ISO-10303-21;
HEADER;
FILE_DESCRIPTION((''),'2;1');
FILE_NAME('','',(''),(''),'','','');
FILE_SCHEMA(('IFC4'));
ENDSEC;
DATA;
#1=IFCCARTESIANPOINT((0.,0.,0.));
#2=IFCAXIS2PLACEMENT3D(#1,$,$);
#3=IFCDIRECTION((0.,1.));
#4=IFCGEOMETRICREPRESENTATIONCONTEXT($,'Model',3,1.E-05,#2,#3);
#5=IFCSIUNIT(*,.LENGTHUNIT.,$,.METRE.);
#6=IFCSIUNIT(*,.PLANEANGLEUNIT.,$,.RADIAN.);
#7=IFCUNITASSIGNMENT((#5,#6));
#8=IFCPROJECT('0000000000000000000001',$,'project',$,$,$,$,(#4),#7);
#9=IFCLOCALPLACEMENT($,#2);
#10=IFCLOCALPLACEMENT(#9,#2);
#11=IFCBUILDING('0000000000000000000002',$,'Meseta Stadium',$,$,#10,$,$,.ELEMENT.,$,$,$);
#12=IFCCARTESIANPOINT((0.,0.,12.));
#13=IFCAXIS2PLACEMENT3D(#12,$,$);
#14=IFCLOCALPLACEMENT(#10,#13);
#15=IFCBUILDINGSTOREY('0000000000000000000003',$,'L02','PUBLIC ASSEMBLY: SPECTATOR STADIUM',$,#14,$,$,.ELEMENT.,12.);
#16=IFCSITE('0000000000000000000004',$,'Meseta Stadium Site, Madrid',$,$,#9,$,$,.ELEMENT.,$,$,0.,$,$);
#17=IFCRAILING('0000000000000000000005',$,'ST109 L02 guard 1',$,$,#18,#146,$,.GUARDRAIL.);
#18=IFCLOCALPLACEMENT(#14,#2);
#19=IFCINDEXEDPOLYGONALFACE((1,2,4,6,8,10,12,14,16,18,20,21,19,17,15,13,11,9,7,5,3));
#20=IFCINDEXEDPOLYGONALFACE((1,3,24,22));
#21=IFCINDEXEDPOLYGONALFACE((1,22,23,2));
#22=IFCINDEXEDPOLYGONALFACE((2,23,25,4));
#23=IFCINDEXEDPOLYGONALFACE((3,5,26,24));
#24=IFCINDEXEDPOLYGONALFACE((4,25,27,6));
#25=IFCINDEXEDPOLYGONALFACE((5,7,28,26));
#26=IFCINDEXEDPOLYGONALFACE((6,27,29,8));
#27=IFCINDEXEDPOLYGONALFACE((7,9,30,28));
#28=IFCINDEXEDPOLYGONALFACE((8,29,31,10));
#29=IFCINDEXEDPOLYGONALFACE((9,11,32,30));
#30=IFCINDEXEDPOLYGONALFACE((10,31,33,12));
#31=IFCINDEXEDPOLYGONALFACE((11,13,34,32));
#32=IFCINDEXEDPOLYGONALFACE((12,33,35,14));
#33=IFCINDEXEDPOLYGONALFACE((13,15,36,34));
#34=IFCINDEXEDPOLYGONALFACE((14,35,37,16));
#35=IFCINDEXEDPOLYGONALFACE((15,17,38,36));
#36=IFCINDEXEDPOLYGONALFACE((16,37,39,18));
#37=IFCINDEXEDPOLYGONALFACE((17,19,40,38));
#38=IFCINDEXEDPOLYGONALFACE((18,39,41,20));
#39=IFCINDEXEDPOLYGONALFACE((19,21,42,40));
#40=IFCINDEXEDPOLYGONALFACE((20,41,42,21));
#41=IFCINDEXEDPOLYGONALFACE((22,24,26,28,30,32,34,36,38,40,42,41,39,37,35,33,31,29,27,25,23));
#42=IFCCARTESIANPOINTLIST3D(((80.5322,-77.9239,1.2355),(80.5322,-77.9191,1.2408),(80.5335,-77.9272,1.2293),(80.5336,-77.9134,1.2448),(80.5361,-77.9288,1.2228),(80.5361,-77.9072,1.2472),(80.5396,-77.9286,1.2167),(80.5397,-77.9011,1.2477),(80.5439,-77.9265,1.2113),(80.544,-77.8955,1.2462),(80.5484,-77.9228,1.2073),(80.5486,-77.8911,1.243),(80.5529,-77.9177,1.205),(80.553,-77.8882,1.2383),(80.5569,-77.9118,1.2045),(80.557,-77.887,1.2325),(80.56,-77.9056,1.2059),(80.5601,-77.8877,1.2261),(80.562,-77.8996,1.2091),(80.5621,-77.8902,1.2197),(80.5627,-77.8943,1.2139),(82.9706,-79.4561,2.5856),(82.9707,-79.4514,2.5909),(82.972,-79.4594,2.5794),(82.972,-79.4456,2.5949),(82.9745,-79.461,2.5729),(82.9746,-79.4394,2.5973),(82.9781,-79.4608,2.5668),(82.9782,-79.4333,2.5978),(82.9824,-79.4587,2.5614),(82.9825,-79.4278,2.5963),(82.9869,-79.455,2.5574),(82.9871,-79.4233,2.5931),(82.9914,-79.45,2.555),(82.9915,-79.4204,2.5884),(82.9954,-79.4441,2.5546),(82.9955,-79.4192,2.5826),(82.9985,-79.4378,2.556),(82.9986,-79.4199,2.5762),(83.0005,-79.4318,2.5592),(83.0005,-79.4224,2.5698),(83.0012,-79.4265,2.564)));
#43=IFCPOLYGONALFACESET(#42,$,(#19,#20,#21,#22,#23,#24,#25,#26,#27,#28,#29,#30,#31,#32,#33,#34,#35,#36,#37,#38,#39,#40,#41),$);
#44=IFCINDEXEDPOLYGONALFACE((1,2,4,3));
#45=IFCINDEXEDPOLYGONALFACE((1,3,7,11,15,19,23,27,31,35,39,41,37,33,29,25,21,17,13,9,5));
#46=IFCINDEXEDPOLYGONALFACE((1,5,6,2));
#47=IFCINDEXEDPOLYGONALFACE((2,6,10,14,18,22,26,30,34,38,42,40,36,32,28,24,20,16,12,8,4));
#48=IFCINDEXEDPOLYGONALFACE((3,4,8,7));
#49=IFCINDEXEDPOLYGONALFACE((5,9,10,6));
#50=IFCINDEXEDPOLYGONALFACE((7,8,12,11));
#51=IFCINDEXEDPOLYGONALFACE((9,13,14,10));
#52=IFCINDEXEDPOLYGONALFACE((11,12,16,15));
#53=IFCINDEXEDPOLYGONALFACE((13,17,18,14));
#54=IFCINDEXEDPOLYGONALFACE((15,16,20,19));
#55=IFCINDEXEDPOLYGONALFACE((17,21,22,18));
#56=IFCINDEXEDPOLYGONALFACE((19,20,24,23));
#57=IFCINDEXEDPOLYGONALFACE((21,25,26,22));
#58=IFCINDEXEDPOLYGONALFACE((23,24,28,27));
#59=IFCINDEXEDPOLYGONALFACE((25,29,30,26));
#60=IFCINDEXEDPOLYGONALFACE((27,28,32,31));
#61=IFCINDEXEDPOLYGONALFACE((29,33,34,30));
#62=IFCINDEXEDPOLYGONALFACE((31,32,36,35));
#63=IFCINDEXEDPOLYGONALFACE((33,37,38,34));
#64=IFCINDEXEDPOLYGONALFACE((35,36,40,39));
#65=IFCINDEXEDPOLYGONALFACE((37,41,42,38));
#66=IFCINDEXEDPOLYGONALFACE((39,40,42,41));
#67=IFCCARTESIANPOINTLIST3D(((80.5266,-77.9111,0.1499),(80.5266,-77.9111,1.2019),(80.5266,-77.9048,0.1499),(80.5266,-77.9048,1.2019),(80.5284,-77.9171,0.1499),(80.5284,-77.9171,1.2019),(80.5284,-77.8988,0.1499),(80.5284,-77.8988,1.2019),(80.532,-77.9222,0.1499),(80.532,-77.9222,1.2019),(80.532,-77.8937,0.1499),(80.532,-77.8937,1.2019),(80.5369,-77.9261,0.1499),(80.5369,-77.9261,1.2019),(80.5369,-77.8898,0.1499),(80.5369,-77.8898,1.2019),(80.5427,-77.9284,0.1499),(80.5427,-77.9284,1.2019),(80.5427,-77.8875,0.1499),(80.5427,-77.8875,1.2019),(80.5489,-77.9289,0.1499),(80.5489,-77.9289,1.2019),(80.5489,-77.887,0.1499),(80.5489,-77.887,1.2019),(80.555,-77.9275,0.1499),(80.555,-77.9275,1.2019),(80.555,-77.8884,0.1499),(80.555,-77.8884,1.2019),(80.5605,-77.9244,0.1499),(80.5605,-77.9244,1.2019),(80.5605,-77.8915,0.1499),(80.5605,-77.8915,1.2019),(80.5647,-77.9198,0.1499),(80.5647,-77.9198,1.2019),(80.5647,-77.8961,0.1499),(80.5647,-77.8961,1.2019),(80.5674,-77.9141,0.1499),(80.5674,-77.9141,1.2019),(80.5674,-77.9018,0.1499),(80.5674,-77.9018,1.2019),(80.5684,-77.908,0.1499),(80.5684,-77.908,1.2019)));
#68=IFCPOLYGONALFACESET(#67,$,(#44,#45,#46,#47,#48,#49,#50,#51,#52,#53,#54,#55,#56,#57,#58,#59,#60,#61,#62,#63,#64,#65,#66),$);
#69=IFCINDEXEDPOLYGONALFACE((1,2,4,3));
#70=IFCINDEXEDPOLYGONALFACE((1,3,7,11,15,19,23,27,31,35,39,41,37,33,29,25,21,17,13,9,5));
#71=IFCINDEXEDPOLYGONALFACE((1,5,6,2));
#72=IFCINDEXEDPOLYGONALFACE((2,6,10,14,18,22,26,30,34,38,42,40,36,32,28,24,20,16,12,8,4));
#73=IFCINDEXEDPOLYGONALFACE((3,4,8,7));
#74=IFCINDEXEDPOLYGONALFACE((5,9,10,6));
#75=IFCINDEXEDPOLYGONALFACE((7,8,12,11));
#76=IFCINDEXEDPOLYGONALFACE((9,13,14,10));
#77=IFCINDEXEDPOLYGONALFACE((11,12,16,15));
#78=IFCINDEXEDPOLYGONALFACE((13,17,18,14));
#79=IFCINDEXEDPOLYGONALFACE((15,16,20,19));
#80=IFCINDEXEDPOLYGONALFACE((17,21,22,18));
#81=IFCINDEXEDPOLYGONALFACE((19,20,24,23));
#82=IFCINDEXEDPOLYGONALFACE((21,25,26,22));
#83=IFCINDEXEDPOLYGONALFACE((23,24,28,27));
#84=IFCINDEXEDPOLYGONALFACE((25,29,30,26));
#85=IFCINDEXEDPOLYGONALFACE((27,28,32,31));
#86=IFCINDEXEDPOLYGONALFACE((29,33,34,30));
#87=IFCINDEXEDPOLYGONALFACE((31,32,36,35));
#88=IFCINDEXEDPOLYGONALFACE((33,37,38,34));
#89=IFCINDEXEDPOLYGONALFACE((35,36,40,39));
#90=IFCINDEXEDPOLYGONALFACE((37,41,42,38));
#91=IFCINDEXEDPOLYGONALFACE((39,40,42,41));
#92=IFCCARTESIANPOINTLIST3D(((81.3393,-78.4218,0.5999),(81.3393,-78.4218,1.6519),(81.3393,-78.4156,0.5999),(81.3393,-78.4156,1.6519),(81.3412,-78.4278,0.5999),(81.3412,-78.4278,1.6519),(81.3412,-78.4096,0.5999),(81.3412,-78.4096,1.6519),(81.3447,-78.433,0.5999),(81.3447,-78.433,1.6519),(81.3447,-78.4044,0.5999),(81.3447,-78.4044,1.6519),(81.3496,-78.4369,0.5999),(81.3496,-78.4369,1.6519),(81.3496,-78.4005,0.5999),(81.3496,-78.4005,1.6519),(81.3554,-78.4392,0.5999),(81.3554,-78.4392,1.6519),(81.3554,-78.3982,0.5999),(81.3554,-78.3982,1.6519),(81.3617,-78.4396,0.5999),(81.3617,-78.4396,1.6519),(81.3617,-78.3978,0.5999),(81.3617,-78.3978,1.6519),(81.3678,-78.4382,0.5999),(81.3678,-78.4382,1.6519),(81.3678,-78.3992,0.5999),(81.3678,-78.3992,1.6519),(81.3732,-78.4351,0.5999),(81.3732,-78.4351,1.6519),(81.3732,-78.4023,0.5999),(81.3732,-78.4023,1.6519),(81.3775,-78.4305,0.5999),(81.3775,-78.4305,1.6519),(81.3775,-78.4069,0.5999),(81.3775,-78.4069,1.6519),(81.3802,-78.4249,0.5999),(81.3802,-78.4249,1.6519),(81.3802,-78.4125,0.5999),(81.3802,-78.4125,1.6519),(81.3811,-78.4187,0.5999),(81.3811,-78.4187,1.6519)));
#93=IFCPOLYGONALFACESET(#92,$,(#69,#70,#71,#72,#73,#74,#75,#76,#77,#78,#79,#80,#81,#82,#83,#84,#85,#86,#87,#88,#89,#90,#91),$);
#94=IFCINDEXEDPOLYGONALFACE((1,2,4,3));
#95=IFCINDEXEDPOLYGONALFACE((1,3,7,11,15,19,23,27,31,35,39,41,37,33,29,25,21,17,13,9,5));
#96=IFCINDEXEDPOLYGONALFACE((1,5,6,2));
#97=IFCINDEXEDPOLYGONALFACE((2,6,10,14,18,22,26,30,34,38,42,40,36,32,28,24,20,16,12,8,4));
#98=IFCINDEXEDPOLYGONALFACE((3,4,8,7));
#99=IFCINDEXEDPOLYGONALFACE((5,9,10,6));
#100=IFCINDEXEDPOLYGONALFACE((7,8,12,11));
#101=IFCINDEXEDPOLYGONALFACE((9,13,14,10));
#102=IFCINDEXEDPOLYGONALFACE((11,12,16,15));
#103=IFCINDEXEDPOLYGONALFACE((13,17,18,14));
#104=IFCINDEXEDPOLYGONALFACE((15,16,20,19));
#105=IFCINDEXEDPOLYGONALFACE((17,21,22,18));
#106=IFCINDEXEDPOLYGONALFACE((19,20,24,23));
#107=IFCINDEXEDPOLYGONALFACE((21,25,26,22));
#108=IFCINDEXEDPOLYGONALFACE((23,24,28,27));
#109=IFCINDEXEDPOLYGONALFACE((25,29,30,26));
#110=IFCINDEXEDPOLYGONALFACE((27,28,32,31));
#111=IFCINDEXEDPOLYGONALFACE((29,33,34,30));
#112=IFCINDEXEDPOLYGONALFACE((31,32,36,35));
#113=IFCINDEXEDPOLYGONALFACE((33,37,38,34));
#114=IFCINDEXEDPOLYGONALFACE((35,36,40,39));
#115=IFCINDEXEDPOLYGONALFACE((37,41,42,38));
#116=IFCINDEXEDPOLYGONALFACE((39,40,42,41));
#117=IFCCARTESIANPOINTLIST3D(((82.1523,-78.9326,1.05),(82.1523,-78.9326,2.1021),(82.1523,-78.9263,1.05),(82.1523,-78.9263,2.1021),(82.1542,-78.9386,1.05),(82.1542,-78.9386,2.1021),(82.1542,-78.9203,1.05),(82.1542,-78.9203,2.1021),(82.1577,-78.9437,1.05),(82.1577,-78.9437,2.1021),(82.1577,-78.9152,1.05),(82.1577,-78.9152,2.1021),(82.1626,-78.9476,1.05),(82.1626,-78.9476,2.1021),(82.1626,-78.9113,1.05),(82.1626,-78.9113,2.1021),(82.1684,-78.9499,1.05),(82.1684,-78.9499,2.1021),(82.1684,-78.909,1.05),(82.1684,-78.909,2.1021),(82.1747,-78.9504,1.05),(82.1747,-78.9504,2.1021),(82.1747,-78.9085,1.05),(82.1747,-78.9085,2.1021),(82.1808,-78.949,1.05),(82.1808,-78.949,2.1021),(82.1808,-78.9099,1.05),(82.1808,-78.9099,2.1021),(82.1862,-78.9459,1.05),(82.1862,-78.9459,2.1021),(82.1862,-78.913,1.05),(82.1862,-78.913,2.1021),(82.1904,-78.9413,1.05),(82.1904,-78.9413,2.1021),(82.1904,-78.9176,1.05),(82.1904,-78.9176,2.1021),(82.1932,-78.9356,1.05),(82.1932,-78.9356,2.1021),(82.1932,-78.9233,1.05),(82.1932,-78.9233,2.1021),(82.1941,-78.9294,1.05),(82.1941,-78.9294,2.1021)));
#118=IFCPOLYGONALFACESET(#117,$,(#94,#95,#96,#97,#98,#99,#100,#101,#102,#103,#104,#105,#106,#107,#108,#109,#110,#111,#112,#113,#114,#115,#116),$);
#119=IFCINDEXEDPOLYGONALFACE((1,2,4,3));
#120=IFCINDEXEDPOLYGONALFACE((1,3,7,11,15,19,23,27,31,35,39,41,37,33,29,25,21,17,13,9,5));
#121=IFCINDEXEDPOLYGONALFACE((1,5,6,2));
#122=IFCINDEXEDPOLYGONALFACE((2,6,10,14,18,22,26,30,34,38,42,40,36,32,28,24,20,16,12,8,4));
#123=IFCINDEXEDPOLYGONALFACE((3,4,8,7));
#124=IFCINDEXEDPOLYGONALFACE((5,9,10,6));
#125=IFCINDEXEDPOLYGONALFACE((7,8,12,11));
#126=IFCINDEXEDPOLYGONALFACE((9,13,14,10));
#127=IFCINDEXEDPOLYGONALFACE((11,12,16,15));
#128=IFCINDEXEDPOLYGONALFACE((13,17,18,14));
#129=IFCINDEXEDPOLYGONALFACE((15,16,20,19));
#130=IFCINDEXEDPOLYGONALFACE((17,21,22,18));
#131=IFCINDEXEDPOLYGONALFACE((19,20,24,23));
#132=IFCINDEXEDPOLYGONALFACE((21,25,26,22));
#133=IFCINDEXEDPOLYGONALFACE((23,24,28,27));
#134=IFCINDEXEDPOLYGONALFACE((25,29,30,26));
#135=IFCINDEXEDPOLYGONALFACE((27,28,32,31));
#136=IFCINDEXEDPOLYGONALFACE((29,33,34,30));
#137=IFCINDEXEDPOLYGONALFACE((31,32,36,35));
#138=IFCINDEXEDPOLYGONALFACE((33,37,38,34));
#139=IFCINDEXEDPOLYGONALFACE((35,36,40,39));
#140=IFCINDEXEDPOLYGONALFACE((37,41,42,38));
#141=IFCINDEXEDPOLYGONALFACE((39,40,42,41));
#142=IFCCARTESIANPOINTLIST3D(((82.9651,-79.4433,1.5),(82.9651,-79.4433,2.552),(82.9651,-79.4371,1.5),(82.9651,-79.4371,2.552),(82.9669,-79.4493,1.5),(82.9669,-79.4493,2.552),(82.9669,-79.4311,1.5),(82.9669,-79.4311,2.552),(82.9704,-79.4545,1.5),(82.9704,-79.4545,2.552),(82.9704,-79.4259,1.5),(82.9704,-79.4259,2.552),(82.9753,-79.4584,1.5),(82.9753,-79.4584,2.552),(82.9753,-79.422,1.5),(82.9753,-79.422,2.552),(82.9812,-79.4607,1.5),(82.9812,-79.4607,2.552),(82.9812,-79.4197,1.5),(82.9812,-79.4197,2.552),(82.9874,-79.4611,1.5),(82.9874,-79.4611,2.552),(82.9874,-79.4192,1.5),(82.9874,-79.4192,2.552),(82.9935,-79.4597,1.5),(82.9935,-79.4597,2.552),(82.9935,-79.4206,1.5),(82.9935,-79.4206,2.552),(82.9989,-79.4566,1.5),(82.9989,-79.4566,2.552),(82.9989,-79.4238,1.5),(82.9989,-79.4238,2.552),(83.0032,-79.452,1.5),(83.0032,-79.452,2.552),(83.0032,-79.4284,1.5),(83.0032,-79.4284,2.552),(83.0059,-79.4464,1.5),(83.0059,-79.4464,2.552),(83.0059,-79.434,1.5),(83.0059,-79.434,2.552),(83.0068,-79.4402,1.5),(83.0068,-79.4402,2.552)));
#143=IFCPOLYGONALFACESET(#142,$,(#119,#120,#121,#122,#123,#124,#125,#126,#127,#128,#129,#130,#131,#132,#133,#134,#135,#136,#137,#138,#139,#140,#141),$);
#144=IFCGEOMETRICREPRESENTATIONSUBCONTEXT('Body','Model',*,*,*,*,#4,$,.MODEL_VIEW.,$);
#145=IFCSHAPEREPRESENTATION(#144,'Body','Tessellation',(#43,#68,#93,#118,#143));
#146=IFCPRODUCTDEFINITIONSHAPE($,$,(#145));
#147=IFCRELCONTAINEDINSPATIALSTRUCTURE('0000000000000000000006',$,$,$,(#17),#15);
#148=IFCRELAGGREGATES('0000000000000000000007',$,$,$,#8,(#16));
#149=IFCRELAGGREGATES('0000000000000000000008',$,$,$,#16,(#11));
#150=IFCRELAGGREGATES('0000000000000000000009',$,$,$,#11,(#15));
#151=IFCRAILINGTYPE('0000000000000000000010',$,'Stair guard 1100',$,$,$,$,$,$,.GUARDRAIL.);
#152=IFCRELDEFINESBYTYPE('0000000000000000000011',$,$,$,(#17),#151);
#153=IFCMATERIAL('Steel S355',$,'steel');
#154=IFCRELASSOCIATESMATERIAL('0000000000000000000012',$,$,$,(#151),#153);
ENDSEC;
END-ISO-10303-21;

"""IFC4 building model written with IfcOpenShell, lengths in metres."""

from ifc_helpers import new_model, si_unit, direction, frame, origin, origin_2d, place, context, subcontext, project, spatial, circle, extrude, material, type_object, element, save


model = new_model("IFC4")

# Units and contexts
model_context = context("Model", 3, precision=1e-05, world=origin(), true_north=direction((0.0, 1.0)))
body_context = subcontext(model_context, "Body", "Model", "MODEL_VIEW")
ifc_project = project(units=[si_unit("LENGTHUNIT", "METRE"), si_unit("PLANEANGLEUNIT", "RADIAN")], contexts=[model_context])

# Site, building, storey
site_placement = place(None, origin())
site = spatial("IfcSite", under=ifc_project, at=site_placement, Name="Meseta Stadium Site, Madrid", CompositionType="ELEMENT", RefElevation=0.0)
building_placement = place(site_placement, origin())
building = spatial("IfcBuilding", under=site, at=building_placement, Name="Meseta Stadium", CompositionType="ELEMENT")
storey_placement = place(building_placement, frame((0.0, 0.0, 12.0)))
storey = spatial("IfcBuildingStorey", under=building, at=storey_placement, Name="L02", Description="PUBLIC ASSEMBLY: SPECTATOR STADIUM", CompositionType="ELEMENT", Elevation=12.0)

# Railing
ifc_material_1 = material(Name="Steel S355", Category="steel")
railing_type_1 = type_object("IfcRailingType", Name="Stair guard 1100", PredefinedType="GUARDRAIL", material=ifc_material_1)
railing_1_placement = place(storey_placement, frame((80.5474, -77.908, 0.1499)))
element("IfcRailing", 1, at=railing_1_placement, inside=storey, type_object=railing_type_1, Name="ST109 L02 guard 1", PredefinedType="GUARDRAIL", context=body_context, shape_type="SweptSolid", body=[
    extrude(circle(Radius=0.0239, at=origin_2d()), frame((0.0, 0.0, 1.0762), z_axis=(0.766655, -0.481731, 0.42447), x_axis=(0.53204, 0.846719, 0.0)), (0.0, 0.0, 1.0), 3.1807),
    extrude(circle(Radius=0.021, at=origin_2d()), origin(), (0.0, 0.0, 1.0), 1.052),
    extrude(circle(Radius=0.021, at=origin_2d()), frame((0.8127, -0.5107, 0.45)), (0.0, 0.0, 1.0), 1.052),
    extrude(circle(Radius=0.021, at=origin_2d()), frame((1.6257, -1.0215, 0.9001)), (0.0, 0.0, 1.0), 1.052),
    extrude(circle(Radius=0.021, at=origin_2d()), frame((2.4385, -1.5322, 1.3501)), (0.0, 0.0, 1.0), 1.052),
])

save(model, "model.ifc")
